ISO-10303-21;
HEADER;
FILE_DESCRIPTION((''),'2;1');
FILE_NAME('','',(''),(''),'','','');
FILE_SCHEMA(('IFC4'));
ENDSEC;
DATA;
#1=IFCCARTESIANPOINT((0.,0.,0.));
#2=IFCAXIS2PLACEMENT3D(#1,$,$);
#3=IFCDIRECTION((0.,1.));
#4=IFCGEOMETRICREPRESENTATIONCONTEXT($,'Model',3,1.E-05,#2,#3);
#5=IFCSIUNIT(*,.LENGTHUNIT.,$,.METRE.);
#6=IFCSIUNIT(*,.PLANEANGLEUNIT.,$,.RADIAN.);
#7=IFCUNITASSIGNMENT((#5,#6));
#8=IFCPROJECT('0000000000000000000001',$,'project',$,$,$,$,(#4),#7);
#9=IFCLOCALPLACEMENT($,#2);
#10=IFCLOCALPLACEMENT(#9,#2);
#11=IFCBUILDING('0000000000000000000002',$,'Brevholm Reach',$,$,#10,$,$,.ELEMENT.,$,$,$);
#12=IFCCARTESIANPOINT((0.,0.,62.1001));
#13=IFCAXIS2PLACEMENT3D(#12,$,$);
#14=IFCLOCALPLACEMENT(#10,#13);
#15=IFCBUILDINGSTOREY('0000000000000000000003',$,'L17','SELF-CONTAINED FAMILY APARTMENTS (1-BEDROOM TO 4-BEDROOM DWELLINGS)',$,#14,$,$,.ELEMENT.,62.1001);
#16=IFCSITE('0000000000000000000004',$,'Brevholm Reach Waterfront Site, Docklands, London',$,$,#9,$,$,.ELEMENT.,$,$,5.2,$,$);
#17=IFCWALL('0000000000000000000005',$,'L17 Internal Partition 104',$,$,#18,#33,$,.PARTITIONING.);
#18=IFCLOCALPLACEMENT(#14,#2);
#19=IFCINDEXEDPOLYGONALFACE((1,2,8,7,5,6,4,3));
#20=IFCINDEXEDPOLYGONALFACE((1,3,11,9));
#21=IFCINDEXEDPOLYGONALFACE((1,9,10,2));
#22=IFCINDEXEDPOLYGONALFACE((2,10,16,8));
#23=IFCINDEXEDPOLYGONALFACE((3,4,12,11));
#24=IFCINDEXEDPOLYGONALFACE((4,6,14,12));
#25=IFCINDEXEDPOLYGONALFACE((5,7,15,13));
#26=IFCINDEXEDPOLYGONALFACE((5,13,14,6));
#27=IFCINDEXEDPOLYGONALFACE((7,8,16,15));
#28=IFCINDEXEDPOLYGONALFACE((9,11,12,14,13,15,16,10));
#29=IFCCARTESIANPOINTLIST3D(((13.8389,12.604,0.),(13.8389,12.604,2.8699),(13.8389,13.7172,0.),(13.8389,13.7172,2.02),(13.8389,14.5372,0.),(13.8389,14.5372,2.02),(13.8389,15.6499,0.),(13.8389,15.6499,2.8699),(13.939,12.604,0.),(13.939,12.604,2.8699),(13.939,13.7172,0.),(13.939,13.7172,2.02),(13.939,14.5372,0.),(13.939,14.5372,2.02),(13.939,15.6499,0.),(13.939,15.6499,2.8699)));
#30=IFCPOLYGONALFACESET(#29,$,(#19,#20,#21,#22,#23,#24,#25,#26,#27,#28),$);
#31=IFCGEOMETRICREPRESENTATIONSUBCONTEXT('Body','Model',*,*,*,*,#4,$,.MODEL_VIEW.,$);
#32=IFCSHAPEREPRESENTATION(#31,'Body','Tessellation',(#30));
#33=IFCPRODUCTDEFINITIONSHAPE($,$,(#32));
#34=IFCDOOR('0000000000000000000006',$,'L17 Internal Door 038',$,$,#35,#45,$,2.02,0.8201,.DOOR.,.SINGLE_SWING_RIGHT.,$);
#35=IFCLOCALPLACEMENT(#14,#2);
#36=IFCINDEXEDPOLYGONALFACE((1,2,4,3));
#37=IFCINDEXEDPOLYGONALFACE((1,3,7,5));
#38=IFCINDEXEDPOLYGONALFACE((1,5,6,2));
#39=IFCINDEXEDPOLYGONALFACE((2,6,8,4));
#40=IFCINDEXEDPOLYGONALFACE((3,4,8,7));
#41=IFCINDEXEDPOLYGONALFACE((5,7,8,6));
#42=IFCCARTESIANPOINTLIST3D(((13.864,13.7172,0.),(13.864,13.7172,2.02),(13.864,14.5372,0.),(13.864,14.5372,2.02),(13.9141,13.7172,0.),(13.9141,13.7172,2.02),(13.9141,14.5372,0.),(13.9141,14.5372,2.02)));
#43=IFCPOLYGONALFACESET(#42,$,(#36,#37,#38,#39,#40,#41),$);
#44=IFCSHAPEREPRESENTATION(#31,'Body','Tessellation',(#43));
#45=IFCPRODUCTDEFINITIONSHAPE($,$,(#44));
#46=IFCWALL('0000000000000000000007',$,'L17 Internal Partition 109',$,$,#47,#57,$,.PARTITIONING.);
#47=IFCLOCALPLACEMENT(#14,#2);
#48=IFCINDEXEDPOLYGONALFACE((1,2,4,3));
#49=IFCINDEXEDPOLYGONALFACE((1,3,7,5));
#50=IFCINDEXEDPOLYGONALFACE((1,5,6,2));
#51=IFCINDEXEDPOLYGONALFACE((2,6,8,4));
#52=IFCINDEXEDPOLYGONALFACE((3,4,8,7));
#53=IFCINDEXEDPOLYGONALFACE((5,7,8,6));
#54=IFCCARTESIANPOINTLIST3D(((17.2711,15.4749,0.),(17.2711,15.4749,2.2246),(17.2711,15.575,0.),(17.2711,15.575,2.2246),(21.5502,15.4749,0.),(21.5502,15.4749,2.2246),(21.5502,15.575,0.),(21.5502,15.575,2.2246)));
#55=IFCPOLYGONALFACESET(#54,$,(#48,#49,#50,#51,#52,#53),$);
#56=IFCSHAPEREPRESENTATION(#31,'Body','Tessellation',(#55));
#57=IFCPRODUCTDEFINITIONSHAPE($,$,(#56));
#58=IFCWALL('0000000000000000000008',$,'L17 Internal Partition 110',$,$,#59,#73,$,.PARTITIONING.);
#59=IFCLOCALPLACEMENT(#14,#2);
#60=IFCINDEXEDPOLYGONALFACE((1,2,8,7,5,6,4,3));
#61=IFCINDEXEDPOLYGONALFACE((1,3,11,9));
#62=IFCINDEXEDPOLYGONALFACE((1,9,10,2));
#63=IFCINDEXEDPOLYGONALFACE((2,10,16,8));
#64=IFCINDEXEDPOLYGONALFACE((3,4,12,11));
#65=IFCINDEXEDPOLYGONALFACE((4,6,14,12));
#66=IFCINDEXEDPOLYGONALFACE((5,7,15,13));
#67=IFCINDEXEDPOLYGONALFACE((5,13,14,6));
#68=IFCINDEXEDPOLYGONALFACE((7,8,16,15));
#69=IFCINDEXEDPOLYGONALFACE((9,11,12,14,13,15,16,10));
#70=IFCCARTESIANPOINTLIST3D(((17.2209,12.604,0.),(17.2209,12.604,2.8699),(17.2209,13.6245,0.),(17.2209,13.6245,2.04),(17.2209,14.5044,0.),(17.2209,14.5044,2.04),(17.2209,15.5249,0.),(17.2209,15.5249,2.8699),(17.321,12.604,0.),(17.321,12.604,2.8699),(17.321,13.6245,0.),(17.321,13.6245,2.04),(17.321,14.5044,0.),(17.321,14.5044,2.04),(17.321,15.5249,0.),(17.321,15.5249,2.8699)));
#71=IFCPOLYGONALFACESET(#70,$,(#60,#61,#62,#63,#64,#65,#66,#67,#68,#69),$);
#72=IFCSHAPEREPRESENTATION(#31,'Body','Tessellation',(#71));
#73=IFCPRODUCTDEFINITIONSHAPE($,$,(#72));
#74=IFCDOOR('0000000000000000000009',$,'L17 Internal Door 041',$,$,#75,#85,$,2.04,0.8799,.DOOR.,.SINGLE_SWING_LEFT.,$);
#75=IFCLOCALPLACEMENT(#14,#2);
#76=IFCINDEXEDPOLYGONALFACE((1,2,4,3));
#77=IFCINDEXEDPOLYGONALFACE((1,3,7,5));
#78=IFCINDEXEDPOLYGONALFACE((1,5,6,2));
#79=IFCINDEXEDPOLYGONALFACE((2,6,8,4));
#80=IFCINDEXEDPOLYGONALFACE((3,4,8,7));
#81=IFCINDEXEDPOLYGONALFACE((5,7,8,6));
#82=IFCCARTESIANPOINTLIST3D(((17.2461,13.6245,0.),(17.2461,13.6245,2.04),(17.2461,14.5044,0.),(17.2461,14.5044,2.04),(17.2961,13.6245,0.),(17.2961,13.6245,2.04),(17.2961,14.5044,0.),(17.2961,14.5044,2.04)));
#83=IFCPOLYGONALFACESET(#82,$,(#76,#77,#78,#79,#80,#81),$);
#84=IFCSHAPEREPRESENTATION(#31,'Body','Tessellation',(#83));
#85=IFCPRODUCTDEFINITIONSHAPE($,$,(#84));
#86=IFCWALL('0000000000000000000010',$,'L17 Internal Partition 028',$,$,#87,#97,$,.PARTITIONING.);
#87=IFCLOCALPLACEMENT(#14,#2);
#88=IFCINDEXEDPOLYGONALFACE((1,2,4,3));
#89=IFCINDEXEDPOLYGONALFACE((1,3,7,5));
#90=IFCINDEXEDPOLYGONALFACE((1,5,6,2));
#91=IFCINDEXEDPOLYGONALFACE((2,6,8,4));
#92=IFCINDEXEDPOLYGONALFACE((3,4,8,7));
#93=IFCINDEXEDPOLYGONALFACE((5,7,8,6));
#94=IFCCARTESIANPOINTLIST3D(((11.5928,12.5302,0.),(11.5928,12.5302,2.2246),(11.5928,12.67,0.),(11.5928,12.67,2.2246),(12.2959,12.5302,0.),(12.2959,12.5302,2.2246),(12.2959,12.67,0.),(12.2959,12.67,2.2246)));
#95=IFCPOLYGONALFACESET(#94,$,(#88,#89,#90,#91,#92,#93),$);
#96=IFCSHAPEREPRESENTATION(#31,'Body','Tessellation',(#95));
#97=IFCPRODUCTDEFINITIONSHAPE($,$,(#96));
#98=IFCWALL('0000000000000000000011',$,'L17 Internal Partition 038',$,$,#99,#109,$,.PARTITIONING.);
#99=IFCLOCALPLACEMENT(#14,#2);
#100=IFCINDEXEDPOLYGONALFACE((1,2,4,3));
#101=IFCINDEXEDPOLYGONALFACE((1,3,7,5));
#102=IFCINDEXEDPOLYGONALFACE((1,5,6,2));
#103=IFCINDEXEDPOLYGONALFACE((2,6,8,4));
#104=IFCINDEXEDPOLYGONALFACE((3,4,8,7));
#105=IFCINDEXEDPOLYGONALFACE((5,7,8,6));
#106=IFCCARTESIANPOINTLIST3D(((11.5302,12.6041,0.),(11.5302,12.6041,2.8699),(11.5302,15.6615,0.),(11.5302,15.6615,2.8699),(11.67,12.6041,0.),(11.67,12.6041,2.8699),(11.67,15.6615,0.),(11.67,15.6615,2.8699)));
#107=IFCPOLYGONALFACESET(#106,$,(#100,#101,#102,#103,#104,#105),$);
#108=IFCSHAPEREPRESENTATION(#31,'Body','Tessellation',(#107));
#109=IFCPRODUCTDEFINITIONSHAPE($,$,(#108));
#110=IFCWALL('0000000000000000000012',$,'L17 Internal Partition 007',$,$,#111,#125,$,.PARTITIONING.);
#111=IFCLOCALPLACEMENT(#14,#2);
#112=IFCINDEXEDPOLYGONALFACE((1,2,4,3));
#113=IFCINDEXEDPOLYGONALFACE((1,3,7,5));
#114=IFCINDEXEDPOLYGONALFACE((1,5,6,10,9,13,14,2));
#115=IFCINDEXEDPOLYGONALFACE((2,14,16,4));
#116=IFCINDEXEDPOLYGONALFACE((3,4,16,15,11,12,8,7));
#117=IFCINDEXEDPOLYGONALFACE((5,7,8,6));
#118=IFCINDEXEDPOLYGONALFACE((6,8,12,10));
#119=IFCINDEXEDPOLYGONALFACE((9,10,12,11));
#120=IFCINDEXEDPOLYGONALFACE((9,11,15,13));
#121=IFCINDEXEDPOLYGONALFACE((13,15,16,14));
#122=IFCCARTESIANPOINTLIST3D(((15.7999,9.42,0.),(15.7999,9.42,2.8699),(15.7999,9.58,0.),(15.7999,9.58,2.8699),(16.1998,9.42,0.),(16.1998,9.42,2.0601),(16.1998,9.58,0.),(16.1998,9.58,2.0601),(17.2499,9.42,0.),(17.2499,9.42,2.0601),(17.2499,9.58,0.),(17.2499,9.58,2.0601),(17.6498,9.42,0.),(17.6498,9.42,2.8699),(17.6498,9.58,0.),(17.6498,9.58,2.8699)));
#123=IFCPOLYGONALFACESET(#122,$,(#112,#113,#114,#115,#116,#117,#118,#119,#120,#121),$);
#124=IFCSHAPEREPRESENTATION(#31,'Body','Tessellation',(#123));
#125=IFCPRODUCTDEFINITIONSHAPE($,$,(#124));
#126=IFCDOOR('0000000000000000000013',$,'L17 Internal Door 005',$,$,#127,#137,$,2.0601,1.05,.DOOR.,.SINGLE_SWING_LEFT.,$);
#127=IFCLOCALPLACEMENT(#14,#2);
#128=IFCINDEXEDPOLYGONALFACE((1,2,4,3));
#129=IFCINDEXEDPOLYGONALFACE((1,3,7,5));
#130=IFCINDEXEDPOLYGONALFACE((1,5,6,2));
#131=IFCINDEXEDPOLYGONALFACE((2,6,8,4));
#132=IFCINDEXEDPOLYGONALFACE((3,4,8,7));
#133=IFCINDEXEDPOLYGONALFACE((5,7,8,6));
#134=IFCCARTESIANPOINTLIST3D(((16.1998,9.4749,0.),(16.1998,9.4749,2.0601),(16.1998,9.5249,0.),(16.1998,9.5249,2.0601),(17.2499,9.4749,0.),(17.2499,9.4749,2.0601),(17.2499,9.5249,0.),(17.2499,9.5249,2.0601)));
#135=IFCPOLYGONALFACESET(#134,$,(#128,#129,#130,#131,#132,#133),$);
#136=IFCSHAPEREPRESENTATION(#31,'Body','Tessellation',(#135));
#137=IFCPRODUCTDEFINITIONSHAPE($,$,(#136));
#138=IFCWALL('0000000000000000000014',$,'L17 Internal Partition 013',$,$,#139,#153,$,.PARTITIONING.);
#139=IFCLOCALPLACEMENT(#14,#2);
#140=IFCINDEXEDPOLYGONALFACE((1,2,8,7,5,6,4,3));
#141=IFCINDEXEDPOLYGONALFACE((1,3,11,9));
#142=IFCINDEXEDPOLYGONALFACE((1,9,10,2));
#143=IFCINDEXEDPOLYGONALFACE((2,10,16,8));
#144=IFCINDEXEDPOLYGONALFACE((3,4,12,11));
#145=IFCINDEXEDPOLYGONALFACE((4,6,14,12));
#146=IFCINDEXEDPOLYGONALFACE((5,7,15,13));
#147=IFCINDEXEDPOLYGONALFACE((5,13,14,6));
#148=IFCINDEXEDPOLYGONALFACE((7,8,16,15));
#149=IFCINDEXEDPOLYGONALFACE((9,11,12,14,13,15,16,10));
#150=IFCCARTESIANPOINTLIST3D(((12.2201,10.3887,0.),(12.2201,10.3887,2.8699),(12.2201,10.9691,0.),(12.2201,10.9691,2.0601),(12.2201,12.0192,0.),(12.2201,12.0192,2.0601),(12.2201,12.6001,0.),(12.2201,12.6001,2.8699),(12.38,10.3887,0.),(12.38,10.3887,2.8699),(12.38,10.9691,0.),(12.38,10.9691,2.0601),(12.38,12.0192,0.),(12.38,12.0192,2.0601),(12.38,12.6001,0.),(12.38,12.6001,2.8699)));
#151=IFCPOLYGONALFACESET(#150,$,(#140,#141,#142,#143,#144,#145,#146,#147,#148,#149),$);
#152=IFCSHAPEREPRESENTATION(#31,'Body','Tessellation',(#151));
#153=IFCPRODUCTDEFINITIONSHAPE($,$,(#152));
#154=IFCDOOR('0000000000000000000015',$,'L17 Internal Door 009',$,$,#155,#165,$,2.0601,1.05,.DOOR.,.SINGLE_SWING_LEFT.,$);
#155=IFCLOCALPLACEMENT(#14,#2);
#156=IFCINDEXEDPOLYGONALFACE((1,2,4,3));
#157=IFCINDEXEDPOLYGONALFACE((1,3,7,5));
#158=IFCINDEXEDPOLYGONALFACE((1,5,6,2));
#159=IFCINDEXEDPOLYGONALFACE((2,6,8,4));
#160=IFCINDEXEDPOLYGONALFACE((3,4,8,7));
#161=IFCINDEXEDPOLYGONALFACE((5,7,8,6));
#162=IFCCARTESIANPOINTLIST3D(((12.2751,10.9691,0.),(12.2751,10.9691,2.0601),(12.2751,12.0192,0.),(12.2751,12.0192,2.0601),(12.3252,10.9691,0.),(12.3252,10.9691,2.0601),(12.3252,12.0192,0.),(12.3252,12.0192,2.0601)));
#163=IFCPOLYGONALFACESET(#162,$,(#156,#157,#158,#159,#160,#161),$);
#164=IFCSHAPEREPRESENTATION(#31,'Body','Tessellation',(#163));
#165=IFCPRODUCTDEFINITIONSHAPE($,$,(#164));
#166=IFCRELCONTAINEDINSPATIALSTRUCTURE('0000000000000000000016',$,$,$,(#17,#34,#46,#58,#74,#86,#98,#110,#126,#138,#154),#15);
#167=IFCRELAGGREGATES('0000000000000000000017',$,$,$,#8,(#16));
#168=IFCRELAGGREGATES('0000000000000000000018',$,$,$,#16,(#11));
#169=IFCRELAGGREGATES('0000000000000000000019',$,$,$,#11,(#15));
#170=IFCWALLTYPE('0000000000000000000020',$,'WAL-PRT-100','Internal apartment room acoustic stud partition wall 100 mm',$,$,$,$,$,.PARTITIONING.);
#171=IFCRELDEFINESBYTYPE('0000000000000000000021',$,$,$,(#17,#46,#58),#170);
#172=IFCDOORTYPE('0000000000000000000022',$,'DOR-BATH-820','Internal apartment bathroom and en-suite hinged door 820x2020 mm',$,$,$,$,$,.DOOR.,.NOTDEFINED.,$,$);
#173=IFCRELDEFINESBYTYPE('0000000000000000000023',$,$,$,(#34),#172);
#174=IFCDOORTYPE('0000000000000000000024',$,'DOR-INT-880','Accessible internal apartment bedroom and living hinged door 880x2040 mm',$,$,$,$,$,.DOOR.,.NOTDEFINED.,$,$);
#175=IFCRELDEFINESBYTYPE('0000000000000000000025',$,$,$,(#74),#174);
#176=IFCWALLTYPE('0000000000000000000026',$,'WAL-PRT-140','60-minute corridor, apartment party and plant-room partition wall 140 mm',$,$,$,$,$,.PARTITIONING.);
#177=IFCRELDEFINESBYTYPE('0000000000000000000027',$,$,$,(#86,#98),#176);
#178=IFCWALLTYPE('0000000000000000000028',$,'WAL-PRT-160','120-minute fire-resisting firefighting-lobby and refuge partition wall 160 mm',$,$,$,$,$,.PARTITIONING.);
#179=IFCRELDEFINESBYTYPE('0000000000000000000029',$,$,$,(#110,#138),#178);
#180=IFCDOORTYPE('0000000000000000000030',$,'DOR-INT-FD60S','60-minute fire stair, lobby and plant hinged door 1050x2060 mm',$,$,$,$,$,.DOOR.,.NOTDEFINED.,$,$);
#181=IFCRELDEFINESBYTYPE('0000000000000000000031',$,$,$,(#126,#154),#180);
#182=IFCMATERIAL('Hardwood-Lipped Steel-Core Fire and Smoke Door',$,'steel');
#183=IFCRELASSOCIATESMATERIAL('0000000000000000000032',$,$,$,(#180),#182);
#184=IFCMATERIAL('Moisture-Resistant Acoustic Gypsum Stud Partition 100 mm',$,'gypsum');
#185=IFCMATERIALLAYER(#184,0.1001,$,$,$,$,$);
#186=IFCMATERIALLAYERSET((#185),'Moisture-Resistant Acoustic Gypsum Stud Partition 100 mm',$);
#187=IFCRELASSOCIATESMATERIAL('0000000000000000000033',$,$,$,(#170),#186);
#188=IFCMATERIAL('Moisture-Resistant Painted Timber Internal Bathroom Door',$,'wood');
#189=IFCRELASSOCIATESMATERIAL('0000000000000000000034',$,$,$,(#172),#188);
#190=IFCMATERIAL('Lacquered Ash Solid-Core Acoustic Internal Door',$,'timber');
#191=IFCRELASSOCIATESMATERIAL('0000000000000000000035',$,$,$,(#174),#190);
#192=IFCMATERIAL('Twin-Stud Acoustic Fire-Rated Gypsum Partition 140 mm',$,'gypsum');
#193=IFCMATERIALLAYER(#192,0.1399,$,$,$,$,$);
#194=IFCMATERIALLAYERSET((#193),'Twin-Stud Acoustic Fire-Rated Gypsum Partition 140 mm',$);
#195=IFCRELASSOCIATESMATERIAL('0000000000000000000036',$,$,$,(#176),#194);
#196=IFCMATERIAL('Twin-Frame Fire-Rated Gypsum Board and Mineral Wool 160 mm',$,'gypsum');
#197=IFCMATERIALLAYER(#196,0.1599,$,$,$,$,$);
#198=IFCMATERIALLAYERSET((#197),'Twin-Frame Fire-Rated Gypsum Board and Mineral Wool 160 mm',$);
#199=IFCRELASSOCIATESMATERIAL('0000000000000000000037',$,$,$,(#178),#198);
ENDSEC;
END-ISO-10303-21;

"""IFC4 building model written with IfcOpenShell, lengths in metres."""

from ifc_helpers import new_model, si_unit, direction, frame, frame_2d, origin, place, context, subcontext, project, spatial, rectangle, extrude, material, layer, layer_set, type_object, element, fill, save


model = new_model("IFC4")

# Units and contexts
model_context = context("Model", 3, precision=1e-05, world=origin(), true_north=direction((0.0, 1.0)))
body_context = subcontext(model_context, "Body", "Model", "MODEL_VIEW")
ifc_project = project(units=[si_unit("LENGTHUNIT", "METRE"), si_unit("PLANEANGLEUNIT", "RADIAN")], contexts=[model_context])

# Site, building, storey
site_placement = place(None, origin())
site = spatial("IfcSite", under=ifc_project, at=site_placement, Name="Brevholm Reach Waterfront Site, Docklands, London", CompositionType="ELEMENT", RefElevation=5.2)
building_placement = place(site_placement, origin())
building = spatial("IfcBuilding", under=site, at=building_placement, Name="Brevholm Reach", CompositionType="ELEMENT")
storey_placement = place(building_placement, frame((0.0, 0.0, 62.1001)))
storey = spatial("IfcBuildingStorey", under=building, at=storey_placement, Name="L17", Description="SELF-CONTAINED FAMILY APARTMENTS (1-BEDROOM TO 4-BEDROOM DWELLINGS)", CompositionType="ELEMENT", Elevation=62.1001)

# Wall, opening, door
ifc_material_1 = material(Name="Hardwood-Lipped Steel-Core Fire and Smoke Door", Category="steel")
door_type_1 = type_object("IfcDoorType", Name="DOR-INT-FD60S", Description="60-minute fire stair, lobby and plant hinged door 1050x2060 mm", OperationType="NOTDEFINED", PredefinedType="DOOR", material=ifc_material_1)
ifc_material_2 = material(Name="Moisture-Resistant Acoustic Gypsum Stud Partition 100 mm", Category="gypsum")
ifc_layer_1 = layer(ifc_material_2, 0.1001)
ifc_layer_set_1 = layer_set([ifc_layer_1], Name="Moisture-Resistant Acoustic Gypsum Stud Partition 100 mm")
wall_type_1 = type_object("IfcWallType", Name="WAL-PRT-100", Description="Internal apartment room acoustic stud partition wall 100 mm", PredefinedType="PARTITIONING", material=ifc_layer_set_1)
wall_1_placement = place(storey_placement, frame((13.8889, 12.604, 0.0), z_axis=(0.0, 0.0, 1.0), x_axis=(0.0, 1.0, 0.0)))
wall_1 = element("IfcWall", 1, at=wall_1_placement, inside=storey, type_object=wall_type_1, Name="L17 Internal Partition 104", PredefinedType="PARTITIONING", context=body_context, shape_type="SweptSolid", body=[
    extrude(rectangle(XDim=3.0459, YDim=0.1001, at=frame_2d((1.5229, 0.0))), origin(), (0.0, 0.0, 1.0), 2.8699),
])
opening_1_placement = place(wall_1_placement, frame((1.113, 0.0, 0.0)))
opening_1 = element("IfcOpeningElement", 2, at=opening_1_placement, cuts=wall_1, PredefinedType="OPENING", context=body_context, shape_type="SweptSolid", body=[
    extrude(rectangle(XDim=0.8201, YDim=2.02, at=frame_2d((0.4102, 1.01))), frame((0.0, 0.0601, 0.0), z_axis=(0.0, -1.0, 0.0), x_axis=(1.0, 0.0, 0.0)), (0.0, 0.0, 1.0), 0.1201),
])
ifc_material_3 = material(Name="Moisture-Resistant Painted Timber Internal Bathroom Door", Category="wood")
door_type_2 = type_object("IfcDoorType", Name="DOR-BATH-820", Description="Internal apartment bathroom and en-suite hinged door 820x2020 mm", OperationType="NOTDEFINED", PredefinedType="DOOR", material=ifc_material_3)
door_1_placement = place(opening_1_placement, origin())
door_1 = element("IfcDoor", 3, at=door_1_placement, inside=storey, type_object=door_type_2, Name="L17 Internal Door 038", OperationType="SINGLE_SWING_RIGHT", OverallHeight=2.02, OverallWidth=0.8201, PredefinedType="DOOR", context=body_context, shape_type="SweptSolid", body=[
    extrude(rectangle(XDim=0.8201, YDim=2.02, at=frame_2d((0.4102, 1.01))), frame((0.0, 0.0249, 0.0), z_axis=(0.0, -1.0, 0.0), x_axis=(1.0, 0.0, 0.0)), (0.0, 0.0, 1.0), 0.05),
])
fill(opening_1, door_1)

# Wall
wall_2_placement = place(storey_placement, frame((17.271, 15.5249, 0.0), z_axis=(0.0, 0.0, 1.0), x_axis=(1.0, 0.0, 0.0)))
element("IfcWall", 4, at=wall_2_placement, inside=storey, type_object=wall_type_1, Name="L17 Internal Partition 109", PredefinedType="PARTITIONING", context=body_context, shape_type="SweptSolid", body=[
    extrude(rectangle(XDim=4.2791, YDim=0.1001, at=frame_2d((2.1396, 0.0))), origin(), (0.0, 0.0, 1.0), 2.2246),
])

# Wall, opening, door
wall_3_placement = place(storey_placement, frame((17.271, 12.604, 0.0), z_axis=(0.0, 0.0, 1.0), x_axis=(0.0, 1.0, 0.0)))
wall_3 = element("IfcWall", 5, at=wall_3_placement, inside=storey, type_object=wall_type_1, Name="L17 Internal Partition 110", PredefinedType="PARTITIONING", context=body_context, shape_type="SweptSolid", body=[
    extrude(rectangle(XDim=2.9209, YDim=0.1001, at=frame_2d((1.4604, 0.0))), origin(), (0.0, 0.0, 1.0), 2.8699),
])
opening_2_placement = place(wall_3_placement, frame((1.0205, 0.0, 0.0)))
opening_2 = element("IfcOpeningElement", 6, at=opening_2_placement, cuts=wall_3, PredefinedType="OPENING", context=body_context, shape_type="SweptSolid", body=[
    extrude(rectangle(XDim=0.8799, YDim=2.04, at=frame_2d((0.4399, 1.02))), frame((0.0, 0.0601, 0.0), z_axis=(0.0, -1.0, 0.0), x_axis=(1.0, 0.0, 0.0)), (0.0, 0.0, 1.0), 0.1201),
])
ifc_material_4 = material(Name="Lacquered Ash Solid-Core Acoustic Internal Door", Category="timber")
door_type_3 = type_object("IfcDoorType", Name="DOR-INT-880", Description="Accessible internal apartment bedroom and living hinged door 880x2040 mm", OperationType="NOTDEFINED", PredefinedType="DOOR", material=ifc_material_4)
door_2_placement = place(opening_2_placement, origin())
door_2 = element("IfcDoor", 7, at=door_2_placement, inside=storey, type_object=door_type_3, Name="L17 Internal Door 041", OperationType="SINGLE_SWING_LEFT", OverallHeight=2.04, OverallWidth=0.8799, PredefinedType="DOOR", context=body_context, shape_type="SweptSolid", body=[
    extrude(rectangle(XDim=0.8799, YDim=2.04, at=frame_2d((0.4399, 1.02))), frame((0.0, 0.0249, 0.0), z_axis=(0.0, -1.0, 0.0), x_axis=(1.0, 0.0, 0.0)), (0.0, 0.0, 1.0), 0.05),
])
fill(opening_2, door_2)

# Walls
ifc_material_5 = material(Name="Twin-Stud Acoustic Fire-Rated Gypsum Partition 140 mm", Category="gypsum")
ifc_layer_2 = layer(ifc_material_5, 0.1399)
ifc_layer_set_2 = layer_set([ifc_layer_2], Name="Twin-Stud Acoustic Fire-Rated Gypsum Partition 140 mm")
wall_type_2 = type_object("IfcWallType", Name="WAL-PRT-140", Description="60-minute corridor, apartment party and plant-room partition wall 140 mm", PredefinedType="PARTITIONING", material=ifc_layer_set_2)
wall_4_placement = place(storey_placement, frame((11.5928, 12.6001, 0.0), z_axis=(0.0, 0.0, 1.0), x_axis=(1.0, 0.0, 0.0)))
element("IfcWall", 8, at=wall_4_placement, inside=storey, type_object=wall_type_2, Name="L17 Internal Partition 028", PredefinedType="PARTITIONING", context=body_context, shape_type="SweptSolid", body=[
    extrude(rectangle(XDim=0.7031, YDim=0.1399, at=frame_2d((0.3516, 0.0))), origin(), (0.0, 0.0, 1.0), 2.2246),
])
wall_5_placement = place(storey_placement, frame((11.6001, 12.604, 0.0), z_axis=(0.0, 0.0, 1.0), x_axis=(0.0, 1.0, 0.0)))
element("IfcWall", 9, at=wall_5_placement, inside=storey, type_object=wall_type_2, Name="L17 Internal Partition 038", PredefinedType="PARTITIONING", context=body_context, shape_type="SweptSolid", body=[
    extrude(rectangle(XDim=3.0574, YDim=0.1399, at=frame_2d((1.5288, 0.0))), origin(), (0.0, 0.0, 1.0), 2.8699),
])

# Walls, openings, doors
ifc_material_6 = material(Name="Twin-Frame Fire-Rated Gypsum Board and Mineral Wool 160 mm", Category="gypsum")
ifc_layer_3 = layer(ifc_material_6, 0.1599)
ifc_layer_set_3 = layer_set([ifc_layer_3], Name="Twin-Frame Fire-Rated Gypsum Board and Mineral Wool 160 mm")
wall_type_3 = type_object("IfcWallType", Name="WAL-PRT-160", Description="120-minute fire-resisting firefighting-lobby and refuge partition wall 160 mm", PredefinedType="PARTITIONING", material=ifc_layer_set_3)
wall_6_placement = place(storey_placement, frame((15.8, 9.5, 0.0), z_axis=(0.0, 0.0, 1.0), x_axis=(1.0, 0.0, 0.0)))
wall_6 = element("IfcWall", 10, at=wall_6_placement, inside=storey, type_object=wall_type_3, Name="L17 Internal Partition 007", PredefinedType="PARTITIONING", context=body_context, shape_type="SweptSolid", body=[
    extrude(rectangle(XDim=1.8499, YDim=0.1599, at=frame_2d((0.9248, 0.0))), origin(), (0.0, 0.0, 1.0), 2.8699),
])
opening_3_placement = place(wall_6_placement, frame((0.3999, 0.0, 0.0)))
opening_3 = element("IfcOpeningElement", 11, at=opening_3_placement, cuts=wall_6, PredefinedType="OPENING", context=body_context, shape_type="SweptSolid", body=[
    extrude(rectangle(XDim=1.05, YDim=2.0601, at=frame_2d((0.5249, 1.03))), frame((0.0, 0.0898, 0.0), z_axis=(0.0, -1.0, 0.0), x_axis=(1.0, 0.0, 0.0)), (0.0, 0.0, 1.0), 0.1799),
])
door_3_placement = place(opening_3_placement, origin())
door_3 = element("IfcDoor", 12, at=door_3_placement, inside=storey, type_object=door_type_1, Name="L17 Internal Door 005", OperationType="SINGLE_SWING_LEFT", OverallHeight=2.0601, OverallWidth=1.05, PredefinedType="DOOR", context=body_context, shape_type="SweptSolid", body=[
    extrude(rectangle(XDim=1.05, YDim=2.0601, at=frame_2d((0.5249, 1.03))), frame((0.0, 0.0249, 0.0), z_axis=(0.0, -1.0, 0.0), x_axis=(1.0, 0.0, 0.0)), (0.0, 0.0, 1.0), 0.05),
])
fill(opening_3, door_3)
wall_7_placement = place(storey_placement, frame((12.3, 10.3887, 0.0), z_axis=(0.0, 0.0, 1.0), x_axis=(0.0, 1.0, 0.0)))
wall_7 = element("IfcWall", 13, at=wall_7_placement, inside=storey, type_object=wall_type_3, Name="L17 Internal Partition 013", PredefinedType="PARTITIONING", context=body_context, shape_type="SweptSolid", body=[
    extrude(rectangle(XDim=2.2114, YDim=0.1599, at=frame_2d((1.1057, 0.0))), origin(), (0.0, 0.0, 1.0), 2.8699),
])
opening_4_placement = place(wall_7_placement, frame((0.5806, 0.0, 0.0)))
opening_4 = element("IfcOpeningElement", 14, at=opening_4_placement, cuts=wall_7, PredefinedType="OPENING", context=body_context, shape_type="SweptSolid", body=[
    extrude(rectangle(XDim=1.05, YDim=2.0601, at=frame_2d((0.5249, 1.03))), frame((0.0, 0.0898, 0.0), z_axis=(0.0, -1.0, 0.0), x_axis=(1.0, 0.0, 0.0)), (0.0, 0.0, 1.0), 0.1799),
])
door_4_placement = place(opening_4_placement, origin())
door_4 = element("IfcDoor", 15, at=door_4_placement, inside=storey, type_object=door_type_1, Name="L17 Internal Door 009", OperationType="SINGLE_SWING_LEFT", OverallHeight=2.0601, OverallWidth=1.05, PredefinedType="DOOR", context=body_context, shape_type="SweptSolid", body=[
    extrude(rectangle(XDim=1.05, YDim=2.0601, at=frame_2d((0.5249, 1.03))), frame((0.0, 0.0249, 0.0), z_axis=(0.0, -1.0, 0.0), x_axis=(1.0, 0.0, 0.0)), (0.0, 0.0, 1.0), 0.05),
])
fill(opening_4, door_4)

save(model, "model.ifc")
